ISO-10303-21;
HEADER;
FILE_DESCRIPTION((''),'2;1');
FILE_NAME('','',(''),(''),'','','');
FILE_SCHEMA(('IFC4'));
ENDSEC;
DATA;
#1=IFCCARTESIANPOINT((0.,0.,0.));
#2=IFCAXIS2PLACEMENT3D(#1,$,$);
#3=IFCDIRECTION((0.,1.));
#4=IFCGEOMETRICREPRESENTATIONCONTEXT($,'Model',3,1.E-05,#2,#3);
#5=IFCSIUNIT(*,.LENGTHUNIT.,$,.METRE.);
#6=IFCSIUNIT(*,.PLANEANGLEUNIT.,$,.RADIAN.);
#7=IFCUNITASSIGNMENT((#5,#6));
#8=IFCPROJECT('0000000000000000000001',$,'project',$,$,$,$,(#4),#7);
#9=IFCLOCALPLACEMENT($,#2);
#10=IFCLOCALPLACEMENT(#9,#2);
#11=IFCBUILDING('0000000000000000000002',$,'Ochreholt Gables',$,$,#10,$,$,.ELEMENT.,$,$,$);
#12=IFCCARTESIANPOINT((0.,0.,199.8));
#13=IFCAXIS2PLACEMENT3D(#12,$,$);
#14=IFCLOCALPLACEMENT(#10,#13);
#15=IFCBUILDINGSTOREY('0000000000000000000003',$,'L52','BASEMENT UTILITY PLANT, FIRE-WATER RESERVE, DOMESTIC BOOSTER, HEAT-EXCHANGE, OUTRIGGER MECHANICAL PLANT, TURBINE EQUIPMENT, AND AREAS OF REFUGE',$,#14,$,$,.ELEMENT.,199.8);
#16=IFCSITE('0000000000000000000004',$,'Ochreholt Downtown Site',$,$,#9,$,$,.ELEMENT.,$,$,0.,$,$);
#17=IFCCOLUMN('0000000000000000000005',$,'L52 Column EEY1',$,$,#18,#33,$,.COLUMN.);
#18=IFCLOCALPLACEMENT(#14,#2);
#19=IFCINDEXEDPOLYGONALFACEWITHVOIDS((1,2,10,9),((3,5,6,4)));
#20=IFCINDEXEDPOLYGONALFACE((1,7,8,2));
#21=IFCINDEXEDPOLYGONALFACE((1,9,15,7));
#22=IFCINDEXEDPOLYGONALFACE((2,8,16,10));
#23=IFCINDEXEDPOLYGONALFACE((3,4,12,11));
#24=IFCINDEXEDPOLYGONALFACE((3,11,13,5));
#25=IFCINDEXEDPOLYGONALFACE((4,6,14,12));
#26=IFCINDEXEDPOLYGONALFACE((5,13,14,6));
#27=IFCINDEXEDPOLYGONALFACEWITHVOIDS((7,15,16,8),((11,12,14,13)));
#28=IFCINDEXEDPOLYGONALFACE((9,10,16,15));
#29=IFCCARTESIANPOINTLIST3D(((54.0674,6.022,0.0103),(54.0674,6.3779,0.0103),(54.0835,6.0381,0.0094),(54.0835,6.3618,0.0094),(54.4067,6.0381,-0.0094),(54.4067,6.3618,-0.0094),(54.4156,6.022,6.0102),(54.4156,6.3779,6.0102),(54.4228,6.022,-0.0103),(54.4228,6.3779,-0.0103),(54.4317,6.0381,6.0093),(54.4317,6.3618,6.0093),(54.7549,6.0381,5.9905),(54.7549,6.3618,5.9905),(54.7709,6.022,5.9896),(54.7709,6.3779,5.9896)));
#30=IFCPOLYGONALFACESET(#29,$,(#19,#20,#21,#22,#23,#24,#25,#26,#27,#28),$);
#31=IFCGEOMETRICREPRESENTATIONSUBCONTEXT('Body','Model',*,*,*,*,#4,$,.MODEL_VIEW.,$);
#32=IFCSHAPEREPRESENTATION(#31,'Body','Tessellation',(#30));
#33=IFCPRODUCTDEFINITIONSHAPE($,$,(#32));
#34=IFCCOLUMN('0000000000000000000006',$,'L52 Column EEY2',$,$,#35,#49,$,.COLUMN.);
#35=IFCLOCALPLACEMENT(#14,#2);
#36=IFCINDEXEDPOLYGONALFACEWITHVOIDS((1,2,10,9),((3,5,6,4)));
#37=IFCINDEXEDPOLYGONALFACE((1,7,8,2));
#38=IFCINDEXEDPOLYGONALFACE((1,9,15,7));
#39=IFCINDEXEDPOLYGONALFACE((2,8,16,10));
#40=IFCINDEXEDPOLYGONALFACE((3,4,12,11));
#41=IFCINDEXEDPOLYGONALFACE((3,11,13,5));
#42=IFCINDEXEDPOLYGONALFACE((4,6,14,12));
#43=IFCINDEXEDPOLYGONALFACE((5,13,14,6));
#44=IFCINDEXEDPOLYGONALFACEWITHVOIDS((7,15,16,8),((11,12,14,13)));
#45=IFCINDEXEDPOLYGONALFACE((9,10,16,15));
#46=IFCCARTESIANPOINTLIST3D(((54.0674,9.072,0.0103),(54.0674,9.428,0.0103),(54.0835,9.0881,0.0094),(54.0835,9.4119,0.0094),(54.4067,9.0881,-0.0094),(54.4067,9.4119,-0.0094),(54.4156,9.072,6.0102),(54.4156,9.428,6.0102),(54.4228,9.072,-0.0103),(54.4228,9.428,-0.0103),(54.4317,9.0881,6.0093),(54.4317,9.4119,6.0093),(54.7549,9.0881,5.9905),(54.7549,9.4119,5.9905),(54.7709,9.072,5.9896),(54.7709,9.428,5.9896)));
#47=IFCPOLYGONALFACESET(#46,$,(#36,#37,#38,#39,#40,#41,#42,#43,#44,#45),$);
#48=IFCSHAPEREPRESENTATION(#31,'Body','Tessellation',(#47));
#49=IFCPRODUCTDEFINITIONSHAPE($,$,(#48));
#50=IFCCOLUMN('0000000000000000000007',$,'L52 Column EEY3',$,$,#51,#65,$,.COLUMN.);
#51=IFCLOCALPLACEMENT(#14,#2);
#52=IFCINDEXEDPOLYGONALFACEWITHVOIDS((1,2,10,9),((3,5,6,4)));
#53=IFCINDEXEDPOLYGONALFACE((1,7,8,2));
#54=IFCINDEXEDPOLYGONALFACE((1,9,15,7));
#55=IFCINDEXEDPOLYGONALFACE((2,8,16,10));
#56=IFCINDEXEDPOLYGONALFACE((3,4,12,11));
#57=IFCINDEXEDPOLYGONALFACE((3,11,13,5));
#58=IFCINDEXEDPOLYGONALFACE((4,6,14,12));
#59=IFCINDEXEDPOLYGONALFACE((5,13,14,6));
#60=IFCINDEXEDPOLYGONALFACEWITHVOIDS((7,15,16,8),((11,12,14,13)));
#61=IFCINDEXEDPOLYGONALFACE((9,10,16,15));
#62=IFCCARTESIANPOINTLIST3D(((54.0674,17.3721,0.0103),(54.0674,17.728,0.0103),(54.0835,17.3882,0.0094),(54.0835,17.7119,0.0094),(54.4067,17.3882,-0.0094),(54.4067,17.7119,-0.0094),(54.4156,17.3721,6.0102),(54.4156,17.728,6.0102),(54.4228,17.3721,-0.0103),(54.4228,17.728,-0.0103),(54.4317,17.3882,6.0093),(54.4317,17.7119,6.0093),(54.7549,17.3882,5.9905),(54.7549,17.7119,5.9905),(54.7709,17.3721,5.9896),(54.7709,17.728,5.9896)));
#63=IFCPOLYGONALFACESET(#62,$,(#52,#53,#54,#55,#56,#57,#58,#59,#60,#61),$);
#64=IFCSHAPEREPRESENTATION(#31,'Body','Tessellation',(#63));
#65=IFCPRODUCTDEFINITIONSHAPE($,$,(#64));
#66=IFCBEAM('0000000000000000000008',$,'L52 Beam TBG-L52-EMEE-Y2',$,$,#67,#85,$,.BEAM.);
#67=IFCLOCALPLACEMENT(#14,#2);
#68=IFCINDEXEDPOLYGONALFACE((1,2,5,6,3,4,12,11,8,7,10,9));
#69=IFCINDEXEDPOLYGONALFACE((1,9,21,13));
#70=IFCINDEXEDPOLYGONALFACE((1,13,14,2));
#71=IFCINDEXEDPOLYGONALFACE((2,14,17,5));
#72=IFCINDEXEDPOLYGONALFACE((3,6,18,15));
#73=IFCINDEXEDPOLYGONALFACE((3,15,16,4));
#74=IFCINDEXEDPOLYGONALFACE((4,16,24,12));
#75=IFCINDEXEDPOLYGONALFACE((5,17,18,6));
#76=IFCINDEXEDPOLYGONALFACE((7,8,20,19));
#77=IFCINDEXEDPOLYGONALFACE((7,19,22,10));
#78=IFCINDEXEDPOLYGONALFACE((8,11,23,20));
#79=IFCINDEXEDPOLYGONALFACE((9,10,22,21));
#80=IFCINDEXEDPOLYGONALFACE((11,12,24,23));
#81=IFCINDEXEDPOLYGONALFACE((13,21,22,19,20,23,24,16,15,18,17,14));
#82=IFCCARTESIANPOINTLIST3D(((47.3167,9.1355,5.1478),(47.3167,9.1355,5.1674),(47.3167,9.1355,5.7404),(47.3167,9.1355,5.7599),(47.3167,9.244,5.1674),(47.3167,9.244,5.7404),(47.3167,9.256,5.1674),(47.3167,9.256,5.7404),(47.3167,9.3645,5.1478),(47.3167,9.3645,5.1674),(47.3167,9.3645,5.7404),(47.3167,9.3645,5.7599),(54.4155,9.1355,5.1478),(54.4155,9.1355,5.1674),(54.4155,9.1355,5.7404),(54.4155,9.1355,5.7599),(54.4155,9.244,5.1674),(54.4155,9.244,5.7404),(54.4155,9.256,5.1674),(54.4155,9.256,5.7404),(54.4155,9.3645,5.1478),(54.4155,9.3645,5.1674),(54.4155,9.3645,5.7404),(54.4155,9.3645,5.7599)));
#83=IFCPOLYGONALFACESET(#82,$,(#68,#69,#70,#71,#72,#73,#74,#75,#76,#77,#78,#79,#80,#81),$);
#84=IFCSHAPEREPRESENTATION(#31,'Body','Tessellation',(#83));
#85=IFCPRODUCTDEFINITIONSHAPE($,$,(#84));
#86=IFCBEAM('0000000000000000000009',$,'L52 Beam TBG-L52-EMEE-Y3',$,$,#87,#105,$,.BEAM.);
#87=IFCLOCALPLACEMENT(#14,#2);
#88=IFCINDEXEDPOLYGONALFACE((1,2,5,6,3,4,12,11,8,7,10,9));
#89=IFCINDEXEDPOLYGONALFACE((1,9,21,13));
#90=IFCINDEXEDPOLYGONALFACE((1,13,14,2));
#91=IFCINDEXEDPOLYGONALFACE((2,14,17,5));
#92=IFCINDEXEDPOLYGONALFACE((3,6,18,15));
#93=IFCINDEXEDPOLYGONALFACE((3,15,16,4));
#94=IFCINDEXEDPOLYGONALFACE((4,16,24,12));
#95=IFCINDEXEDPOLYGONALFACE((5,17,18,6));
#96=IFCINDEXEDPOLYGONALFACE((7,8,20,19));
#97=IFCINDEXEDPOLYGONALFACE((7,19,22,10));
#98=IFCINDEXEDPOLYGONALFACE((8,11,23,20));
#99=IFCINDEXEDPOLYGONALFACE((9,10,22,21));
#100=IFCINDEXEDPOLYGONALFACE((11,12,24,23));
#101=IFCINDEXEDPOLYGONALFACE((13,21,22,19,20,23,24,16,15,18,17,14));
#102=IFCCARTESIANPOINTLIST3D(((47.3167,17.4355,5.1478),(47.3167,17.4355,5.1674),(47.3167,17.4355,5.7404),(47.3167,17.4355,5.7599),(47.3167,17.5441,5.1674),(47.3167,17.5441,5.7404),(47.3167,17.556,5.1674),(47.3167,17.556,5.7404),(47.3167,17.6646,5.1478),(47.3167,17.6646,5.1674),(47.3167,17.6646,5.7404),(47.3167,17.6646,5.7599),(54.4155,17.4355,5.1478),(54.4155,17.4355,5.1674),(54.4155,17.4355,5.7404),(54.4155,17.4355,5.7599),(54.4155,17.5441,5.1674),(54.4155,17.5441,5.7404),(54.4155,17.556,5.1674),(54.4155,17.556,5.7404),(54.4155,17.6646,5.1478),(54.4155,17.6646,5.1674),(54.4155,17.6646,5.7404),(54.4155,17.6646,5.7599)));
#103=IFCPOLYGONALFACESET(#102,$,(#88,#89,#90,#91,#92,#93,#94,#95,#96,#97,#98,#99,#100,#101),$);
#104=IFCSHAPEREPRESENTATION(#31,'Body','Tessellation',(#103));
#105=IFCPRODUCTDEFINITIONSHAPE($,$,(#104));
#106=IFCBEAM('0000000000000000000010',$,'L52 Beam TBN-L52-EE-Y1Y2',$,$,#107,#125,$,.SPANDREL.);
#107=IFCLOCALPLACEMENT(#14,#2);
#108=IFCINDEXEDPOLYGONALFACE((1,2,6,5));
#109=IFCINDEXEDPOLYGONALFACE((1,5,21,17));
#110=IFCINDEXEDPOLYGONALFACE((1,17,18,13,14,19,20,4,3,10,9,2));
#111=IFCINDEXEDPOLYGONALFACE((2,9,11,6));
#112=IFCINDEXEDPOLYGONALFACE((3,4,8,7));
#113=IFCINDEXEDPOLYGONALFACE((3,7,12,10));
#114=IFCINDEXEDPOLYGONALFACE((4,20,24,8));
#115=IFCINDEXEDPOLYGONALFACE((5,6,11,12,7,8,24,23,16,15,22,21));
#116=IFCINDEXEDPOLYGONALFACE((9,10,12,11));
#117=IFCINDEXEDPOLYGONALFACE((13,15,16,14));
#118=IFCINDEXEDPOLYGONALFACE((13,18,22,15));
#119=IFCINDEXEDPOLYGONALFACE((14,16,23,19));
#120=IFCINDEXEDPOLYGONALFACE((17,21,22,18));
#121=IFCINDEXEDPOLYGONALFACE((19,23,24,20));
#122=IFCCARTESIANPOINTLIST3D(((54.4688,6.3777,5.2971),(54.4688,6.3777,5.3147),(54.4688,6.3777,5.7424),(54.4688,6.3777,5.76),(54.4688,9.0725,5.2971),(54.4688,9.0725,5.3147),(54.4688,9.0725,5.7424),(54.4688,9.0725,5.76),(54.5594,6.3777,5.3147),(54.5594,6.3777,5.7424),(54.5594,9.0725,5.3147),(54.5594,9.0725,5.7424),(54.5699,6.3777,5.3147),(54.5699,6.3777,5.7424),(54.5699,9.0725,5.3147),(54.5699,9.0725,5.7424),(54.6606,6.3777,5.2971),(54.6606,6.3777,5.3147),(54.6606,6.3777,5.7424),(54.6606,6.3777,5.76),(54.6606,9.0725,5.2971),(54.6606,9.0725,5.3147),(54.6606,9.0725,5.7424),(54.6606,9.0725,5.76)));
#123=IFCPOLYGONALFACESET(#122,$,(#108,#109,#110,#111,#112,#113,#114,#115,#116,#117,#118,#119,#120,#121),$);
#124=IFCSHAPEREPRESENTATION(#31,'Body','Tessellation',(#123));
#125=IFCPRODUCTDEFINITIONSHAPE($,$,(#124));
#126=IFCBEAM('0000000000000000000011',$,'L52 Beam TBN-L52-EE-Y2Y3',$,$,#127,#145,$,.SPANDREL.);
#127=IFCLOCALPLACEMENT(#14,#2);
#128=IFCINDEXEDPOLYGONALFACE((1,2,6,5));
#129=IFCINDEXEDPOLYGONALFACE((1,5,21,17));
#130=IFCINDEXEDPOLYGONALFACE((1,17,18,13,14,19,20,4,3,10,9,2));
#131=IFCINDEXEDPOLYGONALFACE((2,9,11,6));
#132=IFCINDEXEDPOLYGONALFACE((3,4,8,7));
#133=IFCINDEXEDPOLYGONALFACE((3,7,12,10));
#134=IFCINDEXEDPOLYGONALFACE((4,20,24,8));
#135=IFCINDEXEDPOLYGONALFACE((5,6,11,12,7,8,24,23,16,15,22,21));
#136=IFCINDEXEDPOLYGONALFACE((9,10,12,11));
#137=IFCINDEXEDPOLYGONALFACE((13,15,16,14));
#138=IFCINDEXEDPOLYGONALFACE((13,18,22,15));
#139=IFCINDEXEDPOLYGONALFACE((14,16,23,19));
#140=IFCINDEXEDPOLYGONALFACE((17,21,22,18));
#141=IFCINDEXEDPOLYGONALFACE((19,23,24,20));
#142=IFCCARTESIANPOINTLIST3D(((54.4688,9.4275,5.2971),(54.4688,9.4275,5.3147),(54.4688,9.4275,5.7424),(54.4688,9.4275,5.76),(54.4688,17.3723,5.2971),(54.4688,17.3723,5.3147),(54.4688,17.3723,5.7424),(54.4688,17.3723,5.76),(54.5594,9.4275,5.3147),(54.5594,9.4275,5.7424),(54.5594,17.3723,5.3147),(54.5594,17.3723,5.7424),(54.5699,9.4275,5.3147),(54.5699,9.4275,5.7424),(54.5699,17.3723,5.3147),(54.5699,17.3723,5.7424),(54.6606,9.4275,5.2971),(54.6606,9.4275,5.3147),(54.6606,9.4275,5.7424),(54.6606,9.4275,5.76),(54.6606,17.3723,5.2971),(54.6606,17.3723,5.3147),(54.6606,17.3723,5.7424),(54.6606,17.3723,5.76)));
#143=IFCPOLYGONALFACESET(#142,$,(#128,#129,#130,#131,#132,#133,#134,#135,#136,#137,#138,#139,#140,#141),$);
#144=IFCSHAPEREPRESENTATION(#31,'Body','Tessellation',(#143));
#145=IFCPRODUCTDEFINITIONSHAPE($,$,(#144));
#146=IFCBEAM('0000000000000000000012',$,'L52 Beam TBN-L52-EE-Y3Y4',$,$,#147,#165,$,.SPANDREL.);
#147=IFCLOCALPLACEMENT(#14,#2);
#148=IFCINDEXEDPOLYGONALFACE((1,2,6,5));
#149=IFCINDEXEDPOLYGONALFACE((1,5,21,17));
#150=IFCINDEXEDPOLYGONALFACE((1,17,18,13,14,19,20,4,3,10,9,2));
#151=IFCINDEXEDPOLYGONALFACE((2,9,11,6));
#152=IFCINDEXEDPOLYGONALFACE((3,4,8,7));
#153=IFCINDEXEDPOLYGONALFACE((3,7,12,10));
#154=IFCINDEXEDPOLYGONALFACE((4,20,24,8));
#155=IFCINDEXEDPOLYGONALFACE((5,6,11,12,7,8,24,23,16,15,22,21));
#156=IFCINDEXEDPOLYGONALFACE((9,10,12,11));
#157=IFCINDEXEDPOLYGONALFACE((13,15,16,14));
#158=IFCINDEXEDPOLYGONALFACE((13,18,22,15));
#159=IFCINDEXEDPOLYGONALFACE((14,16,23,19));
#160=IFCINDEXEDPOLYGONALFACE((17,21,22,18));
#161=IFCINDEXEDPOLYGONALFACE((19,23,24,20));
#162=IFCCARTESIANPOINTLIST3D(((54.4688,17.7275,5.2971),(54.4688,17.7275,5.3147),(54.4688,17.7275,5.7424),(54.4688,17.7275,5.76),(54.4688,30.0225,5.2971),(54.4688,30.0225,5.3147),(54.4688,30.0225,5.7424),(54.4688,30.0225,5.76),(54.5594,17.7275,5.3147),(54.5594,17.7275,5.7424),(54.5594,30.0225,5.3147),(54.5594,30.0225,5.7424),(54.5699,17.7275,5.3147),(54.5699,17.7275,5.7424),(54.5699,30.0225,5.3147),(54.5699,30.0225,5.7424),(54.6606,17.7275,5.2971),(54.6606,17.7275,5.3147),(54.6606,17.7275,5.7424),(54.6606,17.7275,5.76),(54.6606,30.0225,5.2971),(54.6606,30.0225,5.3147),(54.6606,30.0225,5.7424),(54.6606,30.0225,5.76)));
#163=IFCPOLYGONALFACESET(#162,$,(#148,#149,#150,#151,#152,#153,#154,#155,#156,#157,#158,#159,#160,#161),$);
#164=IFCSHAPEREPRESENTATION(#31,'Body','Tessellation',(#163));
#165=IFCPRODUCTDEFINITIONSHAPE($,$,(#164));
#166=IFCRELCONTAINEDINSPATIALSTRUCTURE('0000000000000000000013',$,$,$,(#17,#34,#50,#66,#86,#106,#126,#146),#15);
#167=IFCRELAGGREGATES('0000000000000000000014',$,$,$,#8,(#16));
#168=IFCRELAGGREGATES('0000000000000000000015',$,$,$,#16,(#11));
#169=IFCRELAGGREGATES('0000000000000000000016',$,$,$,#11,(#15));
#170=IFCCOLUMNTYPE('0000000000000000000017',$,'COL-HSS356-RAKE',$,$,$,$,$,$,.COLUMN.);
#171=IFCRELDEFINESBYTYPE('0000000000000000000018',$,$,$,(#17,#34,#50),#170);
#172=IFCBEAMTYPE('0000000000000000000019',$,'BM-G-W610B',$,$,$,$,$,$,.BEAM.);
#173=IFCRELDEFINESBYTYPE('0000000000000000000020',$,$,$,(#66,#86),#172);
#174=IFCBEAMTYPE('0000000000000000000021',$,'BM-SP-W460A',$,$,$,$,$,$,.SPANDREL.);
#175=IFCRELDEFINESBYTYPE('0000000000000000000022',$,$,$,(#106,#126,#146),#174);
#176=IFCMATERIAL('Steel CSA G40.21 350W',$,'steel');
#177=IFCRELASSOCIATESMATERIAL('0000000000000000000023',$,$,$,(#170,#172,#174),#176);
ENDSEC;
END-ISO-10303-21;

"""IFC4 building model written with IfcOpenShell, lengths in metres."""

from ifc_helpers import new_model, si_unit, direction, frame, origin, origin_2d, place, context, subcontext, project, spatial, hollow_rectangle, i_section, extrude, material, material_profile, profile_set, type_object, element, save


model = new_model("IFC4")

# Units and contexts
model_context = context("Model", 3, precision=1e-05, world=origin(), true_north=direction((0.0, 1.0)))
body_context = subcontext(model_context, "Body", "Model", "MODEL_VIEW")
ifc_project = project(units=[si_unit("LENGTHUNIT", "METRE"), si_unit("PLANEANGLEUNIT", "RADIAN")], contexts=[model_context])

# Site, building, storey
site_placement = place(None, origin())
site = spatial("IfcSite", under=ifc_project, at=site_placement, Name="Ochreholt Downtown Site", CompositionType="ELEMENT", RefElevation=0.0)
building_placement = place(site_placement, origin())
building = spatial("IfcBuilding", under=site, at=building_placement, Name="Ochreholt Gables", CompositionType="ELEMENT")
storey_placement = place(building_placement, frame((0.0, 0.0, 199.8)))
storey = spatial("IfcBuildingStorey", under=building, at=storey_placement, Name="L52", Description="BASEMENT UTILITY PLANT, FIRE-WATER RESERVE, DOMESTIC BOOSTER, HEAT-EXCHANGE, OUTRIGGER MECHANICAL PLANT, TURBINE EQUIPMENT, AND AREAS OF REFUGE", CompositionType="ELEMENT", Elevation=199.8)

# Columns
ifc_material_1 = material(Name="Steel CSA G40.21 350W", Category="steel")
ifc_material_profile_1 = material_profile(ifc_material_1, hollow_rectangle(XDim=0.356, YDim=0.356, WallThickness=0.0161, at=origin_2d()), Name="HSS356X356X16")
ifc_profile_set_1 = profile_set([ifc_material_profile_1], Name="Steel CSA G40.21 350W")
column_type = type_object("IfcColumnType", Name="COL-HSS356-RAKE", PredefinedType="COLUMN", material=ifc_profile_set_1)
for number, where, z_axis, x_axis, name in (
    (1, (54.2451, 6.2, 0.0), (0.057927, 0.0, 0.998321), (0.0, 1.0, 0.0), "L52 Column EEY1"),
    (2, (54.2451, 9.25, 0.0), (0.057927, 0.0, 0.998321), (0.0, 1.0, 0.0), "L52 Column EEY2"),
    (3, (54.2451, 17.55, 0.0), (0.057927, 0.0, 0.998321), (0.0, 1.0, 0.0), "L52 Column EEY3"),
):
    element("IfcColumn", number, at=place(storey_placement, frame(where, z_axis=z_axis, x_axis=x_axis)), inside=storey, type_object=column_type, Name=name, PredefinedType="COLUMN", context=body_context, shape_type="SweptSolid", body=[
        extrude(hollow_rectangle(XDim=0.356, YDim=0.356, WallThickness=0.0161, at=origin_2d()), origin(), (0.0, 0.0, 1.0), 6.01),
    ])

# Beams
ifc_material_profile_2 = material_profile(ifc_material_1, i_section(OverallWidth=0.229, OverallDepth=0.6121, WebThickness=0.012, FlangeThickness=0.0195, at=origin_2d()), Name="W610X125")
ifc_profile_set_2 = profile_set([ifc_material_profile_2], Name="Steel CSA G40.21 350W")
beam_type_1 = type_object("IfcBeamType", Name="BM-G-W610B", PredefinedType="BEAM", material=ifc_profile_set_2)
for number, where, z_axis, x_axis, name in (
    (4, (47.3167, 9.25, 5.4539), (1.0, 0.0, 0.0), (0.0, 1.0, 0.0), "L52 Beam TBG-L52-EMEE-Y2"),
    (5, (47.3167, 17.55, 5.4539), (1.0, 0.0, 0.0), (0.0, 1.0, 0.0), "L52 Beam TBG-L52-EMEE-Y3"),
):
    element("IfcBeam", number, at=place(storey_placement, frame(where, z_axis=z_axis, x_axis=x_axis)), inside=storey, type_object=beam_type_1, Name=name, PredefinedType="BEAM", context=body_context, shape_type="SweptSolid", body=[
        extrude(i_section(OverallWidth=0.229, OverallDepth=0.6121, WebThickness=0.012, FlangeThickness=0.0195, at=origin_2d()), origin(), (0.0, 0.0, 1.0), 7.0989),
    ])
ifc_material_profile_3 = material_profile(ifc_material_1, i_section(OverallWidth=0.1919, OverallDepth=0.4629, WebThickness=0.0105, FlangeThickness=0.0176, at=origin_2d()), Name="W460X89")
ifc_profile_set_3 = profile_set([ifc_material_profile_3], Name="Steel CSA G40.21 350W")
beam_type_2 = type_object("IfcBeamType", Name="BM-SP-W460A", PredefinedType="SPANDREL", material=ifc_profile_set_3)
beam_1_placement = place(storey_placement, frame((54.5647, 6.3777, 5.5286), z_axis=(0.0, 1.0, 0.0), x_axis=(-1.0, 0.0, 0.0)))
element("IfcBeam", 6, at=beam_1_placement, inside=storey, type_object=beam_type_2, Name="L52 Beam TBN-L52-EE-Y1Y2", PredefinedType="SPANDREL", context=body_context, shape_type="SweptSolid", body=[
    extrude(i_section(OverallWidth=0.1919, OverallDepth=0.4629, WebThickness=0.0105, FlangeThickness=0.0176, at=origin_2d()), origin(), (0.0, 0.0, 1.0), 2.6948),
])
beam_2_placement = place(storey_placement, frame((54.5647, 9.4275, 5.5286), z_axis=(0.0, 1.0, 0.0), x_axis=(-1.0, 0.0, 0.0)))
element("IfcBeam", 7, at=beam_2_placement, inside=storey, type_object=beam_type_2, Name="L52 Beam TBN-L52-EE-Y2Y3", PredefinedType="SPANDREL", context=body_context, shape_type="SweptSolid", body=[
    extrude(i_section(OverallWidth=0.1919, OverallDepth=0.4629, WebThickness=0.0105, FlangeThickness=0.0176, at=origin_2d()), origin(), (0.0, 0.0, 1.0), 7.9448),
])
beam_3_placement = place(storey_placement, frame((54.5647, 17.7275, 5.5286), z_axis=(0.0, 1.0, 0.0), x_axis=(-1.0, 0.0, 0.0)))
element("IfcBeam", 8, at=beam_3_placement, inside=storey, type_object=beam_type_2, Name="L52 Beam TBN-L52-EE-Y3Y4", PredefinedType="SPANDREL", context=body_context, shape_type="SweptSolid", body=[
    extrude(i_section(OverallWidth=0.1919, OverallDepth=0.4629, WebThickness=0.0105, FlangeThickness=0.0176, at=origin_2d()), origin(), (0.0, 0.0, 1.0), 12.2949),
])

save(model, "model.ifc")
